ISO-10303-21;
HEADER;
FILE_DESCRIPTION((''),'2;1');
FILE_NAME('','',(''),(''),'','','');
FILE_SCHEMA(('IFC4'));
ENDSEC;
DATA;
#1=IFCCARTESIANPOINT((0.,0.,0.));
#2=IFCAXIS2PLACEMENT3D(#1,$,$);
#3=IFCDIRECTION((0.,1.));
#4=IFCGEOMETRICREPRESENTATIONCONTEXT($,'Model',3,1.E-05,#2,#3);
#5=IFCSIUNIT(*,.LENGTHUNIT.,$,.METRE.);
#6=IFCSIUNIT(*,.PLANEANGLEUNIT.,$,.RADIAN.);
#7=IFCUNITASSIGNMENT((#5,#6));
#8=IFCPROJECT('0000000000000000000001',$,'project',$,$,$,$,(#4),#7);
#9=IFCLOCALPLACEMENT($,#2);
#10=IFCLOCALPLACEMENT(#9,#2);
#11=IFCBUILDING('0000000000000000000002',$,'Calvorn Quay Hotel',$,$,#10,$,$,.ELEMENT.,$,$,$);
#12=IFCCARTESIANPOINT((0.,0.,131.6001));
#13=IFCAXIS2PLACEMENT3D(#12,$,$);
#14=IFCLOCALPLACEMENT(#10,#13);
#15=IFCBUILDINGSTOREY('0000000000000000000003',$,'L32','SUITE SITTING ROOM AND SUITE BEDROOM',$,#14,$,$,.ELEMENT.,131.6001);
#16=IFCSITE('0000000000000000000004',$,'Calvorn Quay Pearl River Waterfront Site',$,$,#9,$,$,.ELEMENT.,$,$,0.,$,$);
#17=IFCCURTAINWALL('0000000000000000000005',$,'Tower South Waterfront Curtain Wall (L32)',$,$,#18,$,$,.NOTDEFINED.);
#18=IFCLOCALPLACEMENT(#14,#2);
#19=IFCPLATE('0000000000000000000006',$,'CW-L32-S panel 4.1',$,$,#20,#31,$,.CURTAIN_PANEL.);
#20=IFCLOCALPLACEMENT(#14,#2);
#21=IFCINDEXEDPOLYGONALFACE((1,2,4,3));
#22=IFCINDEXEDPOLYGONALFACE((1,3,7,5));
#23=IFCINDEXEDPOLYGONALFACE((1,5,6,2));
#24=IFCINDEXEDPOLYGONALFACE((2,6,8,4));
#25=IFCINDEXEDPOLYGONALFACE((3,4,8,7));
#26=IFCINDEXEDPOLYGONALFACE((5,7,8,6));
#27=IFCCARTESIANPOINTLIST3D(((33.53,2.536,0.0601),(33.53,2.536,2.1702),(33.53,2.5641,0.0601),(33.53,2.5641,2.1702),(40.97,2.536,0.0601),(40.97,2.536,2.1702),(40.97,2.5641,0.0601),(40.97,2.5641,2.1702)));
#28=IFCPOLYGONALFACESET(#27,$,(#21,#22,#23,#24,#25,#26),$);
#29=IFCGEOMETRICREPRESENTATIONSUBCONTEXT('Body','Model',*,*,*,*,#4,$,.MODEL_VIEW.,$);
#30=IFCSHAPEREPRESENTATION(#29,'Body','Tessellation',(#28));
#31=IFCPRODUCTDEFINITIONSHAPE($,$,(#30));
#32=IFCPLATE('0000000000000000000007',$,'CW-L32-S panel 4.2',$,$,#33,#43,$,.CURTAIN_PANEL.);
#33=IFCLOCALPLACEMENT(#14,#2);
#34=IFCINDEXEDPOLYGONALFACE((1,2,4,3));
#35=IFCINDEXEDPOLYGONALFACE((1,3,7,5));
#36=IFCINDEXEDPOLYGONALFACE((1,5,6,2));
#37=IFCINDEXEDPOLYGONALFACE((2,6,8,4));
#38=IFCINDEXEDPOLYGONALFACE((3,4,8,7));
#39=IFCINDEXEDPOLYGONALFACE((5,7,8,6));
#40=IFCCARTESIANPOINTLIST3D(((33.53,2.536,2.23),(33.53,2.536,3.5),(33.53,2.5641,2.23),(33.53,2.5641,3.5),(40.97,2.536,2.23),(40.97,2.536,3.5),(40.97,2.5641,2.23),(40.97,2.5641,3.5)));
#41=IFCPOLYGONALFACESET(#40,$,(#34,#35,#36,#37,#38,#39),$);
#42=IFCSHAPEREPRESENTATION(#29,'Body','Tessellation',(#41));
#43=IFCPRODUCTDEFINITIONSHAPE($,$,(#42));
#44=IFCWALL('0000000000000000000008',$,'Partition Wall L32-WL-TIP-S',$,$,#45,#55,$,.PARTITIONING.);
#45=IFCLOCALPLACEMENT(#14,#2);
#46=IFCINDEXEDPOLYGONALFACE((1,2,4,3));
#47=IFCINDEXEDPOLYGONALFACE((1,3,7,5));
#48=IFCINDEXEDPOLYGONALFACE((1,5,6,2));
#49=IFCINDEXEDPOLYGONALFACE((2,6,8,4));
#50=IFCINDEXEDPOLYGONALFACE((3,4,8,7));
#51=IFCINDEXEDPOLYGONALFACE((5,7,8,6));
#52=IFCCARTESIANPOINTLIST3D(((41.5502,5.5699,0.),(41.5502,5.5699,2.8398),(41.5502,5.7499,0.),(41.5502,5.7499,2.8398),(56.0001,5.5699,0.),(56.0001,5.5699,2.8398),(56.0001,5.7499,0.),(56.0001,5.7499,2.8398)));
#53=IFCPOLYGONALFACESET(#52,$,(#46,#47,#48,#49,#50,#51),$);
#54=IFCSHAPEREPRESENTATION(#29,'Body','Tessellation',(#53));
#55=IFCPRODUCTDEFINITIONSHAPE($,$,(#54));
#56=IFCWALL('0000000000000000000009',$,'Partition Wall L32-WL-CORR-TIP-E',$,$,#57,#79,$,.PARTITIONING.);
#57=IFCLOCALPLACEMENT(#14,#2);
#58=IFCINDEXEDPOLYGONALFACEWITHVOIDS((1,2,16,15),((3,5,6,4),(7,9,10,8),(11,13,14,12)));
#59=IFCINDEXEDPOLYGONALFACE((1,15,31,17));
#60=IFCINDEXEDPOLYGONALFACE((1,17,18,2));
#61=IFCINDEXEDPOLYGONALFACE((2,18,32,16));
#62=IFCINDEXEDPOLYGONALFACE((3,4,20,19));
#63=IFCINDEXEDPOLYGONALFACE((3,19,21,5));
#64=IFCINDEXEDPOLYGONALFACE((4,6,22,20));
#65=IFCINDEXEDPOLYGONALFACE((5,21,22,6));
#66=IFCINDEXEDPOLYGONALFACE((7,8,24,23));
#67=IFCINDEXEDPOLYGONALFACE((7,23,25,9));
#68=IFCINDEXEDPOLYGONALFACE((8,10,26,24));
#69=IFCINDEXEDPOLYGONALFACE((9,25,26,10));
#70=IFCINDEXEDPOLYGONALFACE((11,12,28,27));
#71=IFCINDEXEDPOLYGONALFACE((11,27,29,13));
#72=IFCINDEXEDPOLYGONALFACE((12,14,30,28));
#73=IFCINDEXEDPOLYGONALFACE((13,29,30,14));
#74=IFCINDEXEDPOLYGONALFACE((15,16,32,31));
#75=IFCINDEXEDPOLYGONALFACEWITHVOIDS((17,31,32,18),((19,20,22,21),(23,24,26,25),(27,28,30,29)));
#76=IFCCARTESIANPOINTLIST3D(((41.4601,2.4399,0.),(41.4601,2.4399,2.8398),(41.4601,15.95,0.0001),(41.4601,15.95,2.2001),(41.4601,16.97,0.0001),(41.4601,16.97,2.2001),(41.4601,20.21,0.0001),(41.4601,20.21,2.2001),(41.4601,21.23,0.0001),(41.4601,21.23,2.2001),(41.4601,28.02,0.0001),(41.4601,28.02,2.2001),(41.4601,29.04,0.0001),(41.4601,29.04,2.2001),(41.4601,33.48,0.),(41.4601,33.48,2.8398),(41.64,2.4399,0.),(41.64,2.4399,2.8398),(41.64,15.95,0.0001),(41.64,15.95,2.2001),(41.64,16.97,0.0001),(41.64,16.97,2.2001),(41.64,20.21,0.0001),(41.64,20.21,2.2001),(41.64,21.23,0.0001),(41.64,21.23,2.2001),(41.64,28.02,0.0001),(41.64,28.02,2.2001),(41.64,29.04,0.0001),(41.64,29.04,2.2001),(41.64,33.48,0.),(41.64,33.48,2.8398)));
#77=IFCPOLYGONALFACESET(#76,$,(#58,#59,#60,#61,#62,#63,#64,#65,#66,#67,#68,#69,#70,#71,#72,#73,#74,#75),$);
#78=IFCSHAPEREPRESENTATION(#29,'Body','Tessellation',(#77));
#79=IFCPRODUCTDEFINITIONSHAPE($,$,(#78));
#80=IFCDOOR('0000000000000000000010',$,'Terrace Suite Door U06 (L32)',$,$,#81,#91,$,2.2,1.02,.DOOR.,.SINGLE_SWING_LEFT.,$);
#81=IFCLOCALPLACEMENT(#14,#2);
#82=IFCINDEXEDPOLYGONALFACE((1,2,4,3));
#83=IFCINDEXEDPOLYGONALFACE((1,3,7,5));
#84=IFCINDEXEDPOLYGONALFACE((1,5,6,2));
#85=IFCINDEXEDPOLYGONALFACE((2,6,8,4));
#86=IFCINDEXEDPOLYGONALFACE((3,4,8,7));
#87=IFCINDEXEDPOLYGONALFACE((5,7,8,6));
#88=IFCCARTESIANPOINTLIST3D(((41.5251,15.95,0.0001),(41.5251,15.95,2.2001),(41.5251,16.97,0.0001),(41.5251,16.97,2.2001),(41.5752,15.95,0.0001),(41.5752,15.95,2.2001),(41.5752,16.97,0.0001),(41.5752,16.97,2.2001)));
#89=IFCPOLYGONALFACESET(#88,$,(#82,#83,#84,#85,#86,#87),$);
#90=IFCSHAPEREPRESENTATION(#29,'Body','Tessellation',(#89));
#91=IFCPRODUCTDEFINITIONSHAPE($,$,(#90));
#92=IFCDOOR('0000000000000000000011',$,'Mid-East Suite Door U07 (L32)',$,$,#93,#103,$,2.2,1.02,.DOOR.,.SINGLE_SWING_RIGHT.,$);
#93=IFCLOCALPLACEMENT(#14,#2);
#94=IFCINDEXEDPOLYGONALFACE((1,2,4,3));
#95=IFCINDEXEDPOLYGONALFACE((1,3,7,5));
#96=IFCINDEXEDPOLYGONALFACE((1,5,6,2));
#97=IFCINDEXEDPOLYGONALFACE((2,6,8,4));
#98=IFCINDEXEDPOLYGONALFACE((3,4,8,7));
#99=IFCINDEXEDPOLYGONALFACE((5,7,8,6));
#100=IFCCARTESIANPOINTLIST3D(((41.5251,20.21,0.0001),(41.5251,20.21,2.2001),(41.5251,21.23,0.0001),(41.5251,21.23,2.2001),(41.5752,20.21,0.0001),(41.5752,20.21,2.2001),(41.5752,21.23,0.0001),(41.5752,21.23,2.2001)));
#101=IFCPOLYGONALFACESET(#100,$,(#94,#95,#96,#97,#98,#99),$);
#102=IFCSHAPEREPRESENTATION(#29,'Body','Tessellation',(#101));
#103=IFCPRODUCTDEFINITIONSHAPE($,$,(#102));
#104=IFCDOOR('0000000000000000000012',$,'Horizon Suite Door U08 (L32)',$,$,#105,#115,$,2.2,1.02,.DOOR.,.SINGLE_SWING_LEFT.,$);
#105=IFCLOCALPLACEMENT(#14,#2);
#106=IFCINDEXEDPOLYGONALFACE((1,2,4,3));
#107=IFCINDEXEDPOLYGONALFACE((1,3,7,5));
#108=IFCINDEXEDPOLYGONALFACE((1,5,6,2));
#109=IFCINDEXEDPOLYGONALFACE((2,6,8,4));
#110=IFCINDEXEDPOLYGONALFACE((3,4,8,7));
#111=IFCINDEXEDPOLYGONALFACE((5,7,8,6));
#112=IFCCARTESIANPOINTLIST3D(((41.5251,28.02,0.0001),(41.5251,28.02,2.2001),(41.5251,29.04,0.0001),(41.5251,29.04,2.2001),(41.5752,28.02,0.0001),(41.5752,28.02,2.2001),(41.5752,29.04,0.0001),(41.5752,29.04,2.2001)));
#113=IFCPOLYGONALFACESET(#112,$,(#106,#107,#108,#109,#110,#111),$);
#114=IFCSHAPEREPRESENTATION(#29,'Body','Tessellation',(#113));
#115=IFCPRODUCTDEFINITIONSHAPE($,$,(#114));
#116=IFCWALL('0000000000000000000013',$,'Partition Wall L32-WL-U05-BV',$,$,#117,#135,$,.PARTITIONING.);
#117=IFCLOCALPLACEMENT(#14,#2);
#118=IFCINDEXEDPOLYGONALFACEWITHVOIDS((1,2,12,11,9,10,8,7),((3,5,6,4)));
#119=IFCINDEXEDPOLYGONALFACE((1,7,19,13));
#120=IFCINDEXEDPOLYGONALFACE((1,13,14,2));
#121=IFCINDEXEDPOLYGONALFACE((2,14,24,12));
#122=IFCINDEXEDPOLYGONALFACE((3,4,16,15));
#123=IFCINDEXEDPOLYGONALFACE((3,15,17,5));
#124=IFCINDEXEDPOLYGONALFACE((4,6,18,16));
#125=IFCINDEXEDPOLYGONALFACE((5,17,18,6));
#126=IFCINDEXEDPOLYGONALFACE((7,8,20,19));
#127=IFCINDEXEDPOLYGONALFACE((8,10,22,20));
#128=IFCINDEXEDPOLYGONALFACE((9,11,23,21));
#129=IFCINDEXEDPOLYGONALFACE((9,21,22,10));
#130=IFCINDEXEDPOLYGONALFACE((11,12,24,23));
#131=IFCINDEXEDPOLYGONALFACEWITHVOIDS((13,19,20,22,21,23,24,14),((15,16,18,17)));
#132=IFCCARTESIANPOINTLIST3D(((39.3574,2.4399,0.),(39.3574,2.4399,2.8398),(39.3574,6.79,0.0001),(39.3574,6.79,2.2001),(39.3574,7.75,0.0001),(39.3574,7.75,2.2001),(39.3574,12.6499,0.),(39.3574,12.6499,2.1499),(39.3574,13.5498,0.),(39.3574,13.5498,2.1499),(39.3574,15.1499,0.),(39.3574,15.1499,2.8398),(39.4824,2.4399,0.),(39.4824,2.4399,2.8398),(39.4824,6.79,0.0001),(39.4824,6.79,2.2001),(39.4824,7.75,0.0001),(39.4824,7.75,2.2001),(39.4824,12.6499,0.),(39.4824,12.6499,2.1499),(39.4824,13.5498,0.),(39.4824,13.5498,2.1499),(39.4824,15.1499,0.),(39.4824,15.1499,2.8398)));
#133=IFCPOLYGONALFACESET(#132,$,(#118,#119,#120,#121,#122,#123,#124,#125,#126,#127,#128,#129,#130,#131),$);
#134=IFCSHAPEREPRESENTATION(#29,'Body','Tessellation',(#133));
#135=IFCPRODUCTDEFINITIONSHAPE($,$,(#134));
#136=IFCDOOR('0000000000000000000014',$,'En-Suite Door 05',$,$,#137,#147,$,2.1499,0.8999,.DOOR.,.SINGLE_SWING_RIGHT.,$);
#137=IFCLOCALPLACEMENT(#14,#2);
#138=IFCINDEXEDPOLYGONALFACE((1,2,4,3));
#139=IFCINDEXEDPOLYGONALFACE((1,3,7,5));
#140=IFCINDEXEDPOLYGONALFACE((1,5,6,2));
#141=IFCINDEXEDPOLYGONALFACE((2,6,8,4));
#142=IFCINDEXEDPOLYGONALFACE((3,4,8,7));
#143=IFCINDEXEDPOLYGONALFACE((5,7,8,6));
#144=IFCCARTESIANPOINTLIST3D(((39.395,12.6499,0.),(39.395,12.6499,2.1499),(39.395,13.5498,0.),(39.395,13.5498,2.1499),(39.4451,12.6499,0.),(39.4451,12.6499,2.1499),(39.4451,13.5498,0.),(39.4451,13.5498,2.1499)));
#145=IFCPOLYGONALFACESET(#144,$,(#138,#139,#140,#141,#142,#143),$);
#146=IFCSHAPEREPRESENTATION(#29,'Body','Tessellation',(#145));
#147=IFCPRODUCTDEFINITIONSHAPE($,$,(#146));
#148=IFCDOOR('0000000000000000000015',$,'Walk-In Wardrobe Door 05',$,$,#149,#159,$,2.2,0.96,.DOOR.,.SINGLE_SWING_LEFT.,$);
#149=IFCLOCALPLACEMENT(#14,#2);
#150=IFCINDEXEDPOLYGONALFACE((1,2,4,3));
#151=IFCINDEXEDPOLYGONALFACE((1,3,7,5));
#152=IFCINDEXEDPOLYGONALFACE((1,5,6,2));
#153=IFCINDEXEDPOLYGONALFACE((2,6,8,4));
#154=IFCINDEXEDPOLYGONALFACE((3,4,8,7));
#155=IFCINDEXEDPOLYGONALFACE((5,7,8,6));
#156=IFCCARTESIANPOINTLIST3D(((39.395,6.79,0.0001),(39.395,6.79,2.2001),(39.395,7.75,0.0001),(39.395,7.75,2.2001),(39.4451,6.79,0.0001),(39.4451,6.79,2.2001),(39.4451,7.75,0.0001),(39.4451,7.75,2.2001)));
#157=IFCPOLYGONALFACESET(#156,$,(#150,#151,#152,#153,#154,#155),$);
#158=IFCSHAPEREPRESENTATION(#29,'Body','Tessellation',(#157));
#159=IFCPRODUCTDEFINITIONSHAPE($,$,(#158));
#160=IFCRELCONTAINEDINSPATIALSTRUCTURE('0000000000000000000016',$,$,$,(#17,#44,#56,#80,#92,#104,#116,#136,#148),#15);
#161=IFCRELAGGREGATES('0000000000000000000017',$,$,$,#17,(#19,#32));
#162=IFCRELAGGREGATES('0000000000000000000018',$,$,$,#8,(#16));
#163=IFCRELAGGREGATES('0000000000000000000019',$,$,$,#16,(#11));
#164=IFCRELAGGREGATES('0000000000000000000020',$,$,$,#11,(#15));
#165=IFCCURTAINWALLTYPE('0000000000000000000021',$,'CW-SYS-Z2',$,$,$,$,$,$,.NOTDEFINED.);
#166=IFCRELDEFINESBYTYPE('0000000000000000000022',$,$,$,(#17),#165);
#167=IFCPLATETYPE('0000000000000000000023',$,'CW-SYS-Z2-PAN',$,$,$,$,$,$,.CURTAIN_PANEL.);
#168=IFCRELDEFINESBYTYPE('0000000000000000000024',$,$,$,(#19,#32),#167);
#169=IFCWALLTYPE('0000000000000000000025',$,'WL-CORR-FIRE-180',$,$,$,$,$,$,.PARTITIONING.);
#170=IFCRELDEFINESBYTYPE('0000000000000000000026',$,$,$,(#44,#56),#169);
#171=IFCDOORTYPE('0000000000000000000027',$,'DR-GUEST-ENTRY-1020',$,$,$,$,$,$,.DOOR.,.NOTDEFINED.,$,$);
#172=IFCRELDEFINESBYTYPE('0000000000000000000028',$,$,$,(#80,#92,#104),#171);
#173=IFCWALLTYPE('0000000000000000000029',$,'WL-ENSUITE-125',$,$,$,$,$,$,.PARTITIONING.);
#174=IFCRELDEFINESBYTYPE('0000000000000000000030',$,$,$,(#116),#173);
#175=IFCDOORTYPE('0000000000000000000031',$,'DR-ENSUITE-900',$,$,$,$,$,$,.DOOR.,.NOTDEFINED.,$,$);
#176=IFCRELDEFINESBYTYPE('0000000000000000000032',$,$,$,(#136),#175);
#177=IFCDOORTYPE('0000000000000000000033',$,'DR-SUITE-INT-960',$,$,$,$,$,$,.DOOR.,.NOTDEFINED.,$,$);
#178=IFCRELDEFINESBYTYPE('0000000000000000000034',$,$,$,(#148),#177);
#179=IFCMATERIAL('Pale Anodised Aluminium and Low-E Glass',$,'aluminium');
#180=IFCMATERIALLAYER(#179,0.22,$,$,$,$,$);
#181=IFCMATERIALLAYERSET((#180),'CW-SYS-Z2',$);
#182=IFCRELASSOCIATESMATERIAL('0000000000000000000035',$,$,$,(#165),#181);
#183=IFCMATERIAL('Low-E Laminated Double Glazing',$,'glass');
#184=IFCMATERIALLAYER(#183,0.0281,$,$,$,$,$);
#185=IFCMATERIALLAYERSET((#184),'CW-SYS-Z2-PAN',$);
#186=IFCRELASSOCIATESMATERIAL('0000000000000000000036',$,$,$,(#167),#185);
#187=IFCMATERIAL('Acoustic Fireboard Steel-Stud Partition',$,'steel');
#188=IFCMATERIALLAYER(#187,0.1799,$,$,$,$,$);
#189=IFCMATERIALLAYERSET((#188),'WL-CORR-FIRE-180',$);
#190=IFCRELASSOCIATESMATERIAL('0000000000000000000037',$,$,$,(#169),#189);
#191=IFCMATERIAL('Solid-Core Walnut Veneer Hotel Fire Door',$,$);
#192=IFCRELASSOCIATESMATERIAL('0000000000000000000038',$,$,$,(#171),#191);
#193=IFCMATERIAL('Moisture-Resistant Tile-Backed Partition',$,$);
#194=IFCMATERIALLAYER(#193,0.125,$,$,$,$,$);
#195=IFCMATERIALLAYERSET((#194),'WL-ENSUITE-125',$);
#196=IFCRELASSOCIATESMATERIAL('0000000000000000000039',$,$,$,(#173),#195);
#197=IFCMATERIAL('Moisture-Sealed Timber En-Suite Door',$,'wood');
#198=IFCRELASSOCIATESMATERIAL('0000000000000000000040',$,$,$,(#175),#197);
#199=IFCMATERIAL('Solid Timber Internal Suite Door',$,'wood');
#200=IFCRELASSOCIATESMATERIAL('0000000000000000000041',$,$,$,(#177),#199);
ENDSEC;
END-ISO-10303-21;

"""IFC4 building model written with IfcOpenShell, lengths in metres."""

from ifc_helpers import new_model, si_unit, direction, frame, frame_2d, origin, origin_2d, place, context, subcontext, project, spatial, rectangle, extrude, material, layer, layer_set, type_object, element, fill, aggregate, save


model = new_model("IFC4")

# Units and contexts
model_context = context("Model", 3, precision=1e-05, world=origin(), true_north=direction((0.0, 1.0)))
body_context = subcontext(model_context, "Body", "Model", "MODEL_VIEW")
ifc_project = project(units=[si_unit("LENGTHUNIT", "METRE"), si_unit("PLANEANGLEUNIT", "RADIAN")], contexts=[model_context])

# Site, building, storey
site_placement = place(None, origin())
site = spatial("IfcSite", under=ifc_project, at=site_placement, Name="Calvorn Quay Pearl River Waterfront Site", CompositionType="ELEMENT", RefElevation=0.0)
building_placement = place(site_placement, origin())
building = spatial("IfcBuilding", under=site, at=building_placement, Name="Calvorn Quay Hotel", CompositionType="ELEMENT")
storey_placement = place(building_placement, frame((0.0, 0.0, 131.6001)))
storey = spatial("IfcBuildingStorey", under=building, at=storey_placement, Name="L32", Description="SUITE SITTING ROOM AND SUITE BEDROOM", CompositionType="ELEMENT", Elevation=131.6001)

# Curtain wall, plates
ifc_material_1 = material(Name="Pale Anodised Aluminium and Low-E Glass", Category="aluminium")
ifc_layer_1 = layer(ifc_material_1, 0.22)
ifc_layer_set_1 = layer_set([ifc_layer_1], Name="CW-SYS-Z2")
curtain_wall_type = type_object("IfcCurtainWallType", Name="CW-SYS-Z2", PredefinedType="NOTDEFINED", material=ifc_layer_set_1)
curtain_wall_placement = place(storey_placement, origin())
curtain_wall = element("IfcCurtainWall", 1, at=curtain_wall_placement, inside=storey, type_object=curtain_wall_type, Name="Tower South Waterfront Curtain Wall (L32)", PredefinedType="NOTDEFINED")
ifc_material_2 = material(Name="Low-E Laminated Double Glazing", Category="glass")
ifc_layer_2 = layer(ifc_material_2, 0.0281)
ifc_layer_set_2 = layer_set([ifc_layer_2], Name="CW-SYS-Z2-PAN")
plate_type = type_object("IfcPlateType", Name="CW-SYS-Z2-PAN", PredefinedType="CURTAIN_PANEL", material=ifc_layer_set_2)
plate_1_placement = place(storey_placement, frame((37.25, 2.55, 0.0601), z_axis=(0.0, 0.0, 1.0), x_axis=(1.0, 0.0, 0.0)))
plate_1 = element("IfcPlate", 2, at=plate_1_placement, type_object=plate_type, Name="CW-L32-S panel 4.1", PredefinedType="CURTAIN_PANEL", context=body_context, shape_type="SweptSolid", body=[
    extrude(rectangle(XDim=7.4399, YDim=0.0281, at=origin_2d()), origin(), (0.0, 0.0, 1.0), 2.1101),
])
plate_2_placement = place(storey_placement, frame((37.25, 2.55, 2.23), z_axis=(0.0, 0.0, 1.0), x_axis=(1.0, 0.0, 0.0)))
plate_2 = element("IfcPlate", 3, at=plate_2_placement, type_object=plate_type, Name="CW-L32-S panel 4.2", PredefinedType="CURTAIN_PANEL", context=body_context, shape_type="SweptSolid", body=[
    extrude(rectangle(XDim=7.4399, YDim=0.0281, at=origin_2d()), origin(), (0.0, 0.0, 1.0), 1.27),
])
aggregate(curtain_wall, [plate_1, plate_2])

# Wall
ifc_material_3 = material(Name="Acoustic Fireboard Steel-Stud Partition", Category="steel")
ifc_layer_3 = layer(ifc_material_3, 0.1799)
ifc_layer_set_3 = layer_set([ifc_layer_3], Name="WL-CORR-FIRE-180")
wall_type_1 = type_object("IfcWallType", Name="WL-CORR-FIRE-180", PredefinedType="PARTITIONING", material=ifc_layer_set_3)
wall_1_placement = place(storey_placement, frame((41.55, 5.6599, 0.0), z_axis=(0.0, 0.0, 1.0), x_axis=(1.0, 0.0, 0.0)))
element("IfcWall", 4, at=wall_1_placement, inside=storey, type_object=wall_type_1, Name="Partition Wall L32-WL-TIP-S", PredefinedType="PARTITIONING", context=body_context, shape_type="SweptSolid", body=[
    extrude(rectangle(XDim=14.45, YDim=0.1799, at=frame_2d((7.2251, 0.0))), origin(), (0.0, 0.0, 1.0), 2.8398),
])

# Walls, openings, doors
wall_2_placement = place(storey_placement, frame((41.55, 2.4399, 0.0), z_axis=(0.0, 0.0, 1.0), x_axis=(0.0, 1.0, 0.0)))
wall_2 = element("IfcWall", 5, at=wall_2_placement, inside=storey, type_object=wall_type_1, Name="Partition Wall L32-WL-CORR-TIP-E", PredefinedType="PARTITIONING", context=body_context, shape_type="SweptSolid", body=[
    extrude(rectangle(XDim=31.04, YDim=0.1799, at=frame_2d((15.52, 0.0))), origin(), (0.0, 0.0, 1.0), 2.8398),
])
opening_1_placement = place(wall_2_placement, frame((13.51, 0.0, 0.0)))
opening_1 = element("IfcOpeningElement", 6, at=opening_1_placement, cuts=wall_2, PredefinedType="OPENING", context=body_context, shape_type="SweptSolid", body=[
    extrude(rectangle(XDim=1.02, YDim=2.2, at=frame_2d((0.51, 1.1001))), frame((0.0, 0.0999, 0.0), z_axis=(0.0, -1.0, 0.0), x_axis=(1.0, 0.0, 0.0)), (0.0, 0.0, 1.0), 0.2),
])
opening_2_placement = place(wall_2_placement, frame((17.77, 0.0, 0.0)))
opening_2 = element("IfcOpeningElement", 7, at=opening_2_placement, cuts=wall_2, PredefinedType="OPENING", context=body_context, shape_type="SweptSolid", body=[
    extrude(rectangle(XDim=1.02, YDim=2.2, at=frame_2d((0.51, 1.1001))), frame((0.0, 0.0999, 0.0), z_axis=(0.0, -1.0, 0.0), x_axis=(1.0, 0.0, 0.0)), (0.0, 0.0, 1.0), 0.2),
])
opening_3_placement = place(wall_2_placement, frame((25.5801, 0.0, 0.0)))
opening_3 = element("IfcOpeningElement", 8, at=opening_3_placement, cuts=wall_2, PredefinedType="OPENING", context=body_context, shape_type="SweptSolid", body=[
    extrude(rectangle(XDim=1.02, YDim=2.2, at=frame_2d((0.51, 1.1001))), frame((0.0, 0.0999, 0.0), z_axis=(0.0, -1.0, 0.0), x_axis=(1.0, 0.0, 0.0)), (0.0, 0.0, 1.0), 0.2),
])
ifc_material_4 = material(Name="Solid-Core Walnut Veneer Hotel Fire Door")
door_type_1 = type_object("IfcDoorType", Name="DR-GUEST-ENTRY-1020", OperationType="NOTDEFINED", PredefinedType="DOOR", material=ifc_material_4)
door_1_placement = place(opening_1_placement, origin())
door_1 = element("IfcDoor", 9, at=door_1_placement, inside=storey, type_object=door_type_1, Name="Terrace Suite Door U06 (L32)", OperationType="SINGLE_SWING_LEFT", OverallHeight=2.2, OverallWidth=1.02, PredefinedType="DOOR", context=body_context, shape_type="SweptSolid", body=[
    extrude(rectangle(XDim=1.02, YDim=2.2, at=frame_2d((0.51, 1.1001))), frame((0.0, 0.0249, 0.0), z_axis=(0.0, -1.0, 0.0), x_axis=(1.0, 0.0, 0.0)), (0.0, 0.0, 1.0), 0.05),
])
fill(opening_1, door_1)
door_2_placement = place(opening_2_placement, origin())
door_2 = element("IfcDoor", 10, at=door_2_placement, inside=storey, type_object=door_type_1, Name="Mid-East Suite Door U07 (L32)", OperationType="SINGLE_SWING_RIGHT", OverallHeight=2.2, OverallWidth=1.02, PredefinedType="DOOR", context=body_context, shape_type="SweptSolid", body=[
    extrude(rectangle(XDim=1.02, YDim=2.2, at=frame_2d((0.51, 1.1001))), frame((0.0, 0.0249, 0.0), z_axis=(0.0, -1.0, 0.0), x_axis=(1.0, 0.0, 0.0)), (0.0, 0.0, 1.0), 0.05),
])
fill(opening_2, door_2)
door_3_placement = place(opening_3_placement, origin())
door_3 = element("IfcDoor", 11, at=door_3_placement, inside=storey, type_object=door_type_1, Name="Horizon Suite Door U08 (L32)", OperationType="SINGLE_SWING_LEFT", OverallHeight=2.2, OverallWidth=1.02, PredefinedType="DOOR", context=body_context, shape_type="SweptSolid", body=[
    extrude(rectangle(XDim=1.02, YDim=2.2, at=frame_2d((0.51, 1.1001))), frame((0.0, 0.0249, 0.0), z_axis=(0.0, -1.0, 0.0), x_axis=(1.0, 0.0, 0.0)), (0.0, 0.0, 1.0), 0.05),
])
fill(opening_3, door_3)
ifc_material_5 = material(Name="Moisture-Resistant Tile-Backed Partition")
ifc_layer_4 = layer(ifc_material_5, 0.125)
ifc_layer_set_4 = layer_set([ifc_layer_4], Name="WL-ENSUITE-125")
wall_type_2 = type_object("IfcWallType", Name="WL-ENSUITE-125", PredefinedType="PARTITIONING", material=ifc_layer_set_4)
wall_3_placement = place(storey_placement, frame((39.4199, 2.4399, 0.0), z_axis=(0.0, 0.0, 1.0), x_axis=(0.0, 1.0, 0.0)))
wall_3 = element("IfcWall", 12, at=wall_3_placement, inside=storey, type_object=wall_type_2, Name="Partition Wall L32-WL-U05-BV", PredefinedType="PARTITIONING", context=body_context, shape_type="SweptSolid", body=[
    extrude(rectangle(XDim=12.71, YDim=0.125, at=frame_2d((6.355, 0.0))), origin(), (0.0, 0.0, 1.0), 2.8398),
])
opening_4_placement = place(wall_3_placement, frame((4.3501, 0.0, 0.0)))
opening_4 = element("IfcOpeningElement", 13, at=opening_4_placement, cuts=wall_3, PredefinedType="OPENING", context=body_context, shape_type="SweptSolid", body=[
    extrude(rectangle(XDim=0.96, YDim=2.2, at=frame_2d((0.48, 1.1001))), frame((0.0, 0.0725, 0.0), z_axis=(0.0, -1.0, 0.0), x_axis=(1.0, 0.0, 0.0)), (0.0, 0.0, 1.0), 0.145),
])
opening_5_placement = place(wall_3_placement, frame((10.21, 0.0, 0.0)))
opening_5 = element("IfcOpeningElement", 14, at=opening_5_placement, cuts=wall_3, PredefinedType="OPENING", context=body_context, shape_type="SweptSolid", body=[
    extrude(rectangle(XDim=0.8999, YDim=2.1499, at=frame_2d((0.45, 1.075))), frame((0.0, 0.0725, 0.0), z_axis=(0.0, -1.0, 0.0), x_axis=(1.0, 0.0, 0.0)), (0.0, 0.0, 1.0), 0.145),
])
ifc_material_6 = material(Name="Moisture-Sealed Timber En-Suite Door", Category="wood")
door_type_2 = type_object("IfcDoorType", Name="DR-ENSUITE-900", OperationType="NOTDEFINED", PredefinedType="DOOR", material=ifc_material_6)
door_4_placement = place(opening_5_placement, origin())
door_4 = element("IfcDoor", 15, at=door_4_placement, inside=storey, type_object=door_type_2, Name="En-Suite Door 05", OperationType="SINGLE_SWING_RIGHT", OverallHeight=2.1499, OverallWidth=0.8999, PredefinedType="DOOR", context=body_context, shape_type="SweptSolid", body=[
    extrude(rectangle(XDim=0.8999, YDim=2.1499, at=frame_2d((0.45, 1.075))), frame((0.0, 0.0249, 0.0), z_axis=(0.0, -1.0, 0.0), x_axis=(1.0, 0.0, 0.0)), (0.0, 0.0, 1.0), 0.05),
])
fill(opening_5, door_4)
ifc_material_7 = material(Name="Solid Timber Internal Suite Door", Category="wood")
door_type_3 = type_object("IfcDoorType", Name="DR-SUITE-INT-960", OperationType="NOTDEFINED", PredefinedType="DOOR", material=ifc_material_7)
door_5_placement = place(opening_4_placement, origin())
door_5 = element("IfcDoor", 16, at=door_5_placement, inside=storey, type_object=door_type_3, Name="Walk-In Wardrobe Door 05", OperationType="SINGLE_SWING_LEFT", OverallHeight=2.2, OverallWidth=0.96, PredefinedType="DOOR", context=body_context, shape_type="SweptSolid", body=[
    extrude(rectangle(XDim=0.96, YDim=2.2, at=frame_2d((0.48, 1.1001))), frame((0.0, 0.0249, 0.0), z_axis=(0.0, -1.0, 0.0), x_axis=(1.0, 0.0, 0.0)), (0.0, 0.0, 1.0), 0.05),
])
fill(opening_4, door_5)

save(model, "model.ifc")
